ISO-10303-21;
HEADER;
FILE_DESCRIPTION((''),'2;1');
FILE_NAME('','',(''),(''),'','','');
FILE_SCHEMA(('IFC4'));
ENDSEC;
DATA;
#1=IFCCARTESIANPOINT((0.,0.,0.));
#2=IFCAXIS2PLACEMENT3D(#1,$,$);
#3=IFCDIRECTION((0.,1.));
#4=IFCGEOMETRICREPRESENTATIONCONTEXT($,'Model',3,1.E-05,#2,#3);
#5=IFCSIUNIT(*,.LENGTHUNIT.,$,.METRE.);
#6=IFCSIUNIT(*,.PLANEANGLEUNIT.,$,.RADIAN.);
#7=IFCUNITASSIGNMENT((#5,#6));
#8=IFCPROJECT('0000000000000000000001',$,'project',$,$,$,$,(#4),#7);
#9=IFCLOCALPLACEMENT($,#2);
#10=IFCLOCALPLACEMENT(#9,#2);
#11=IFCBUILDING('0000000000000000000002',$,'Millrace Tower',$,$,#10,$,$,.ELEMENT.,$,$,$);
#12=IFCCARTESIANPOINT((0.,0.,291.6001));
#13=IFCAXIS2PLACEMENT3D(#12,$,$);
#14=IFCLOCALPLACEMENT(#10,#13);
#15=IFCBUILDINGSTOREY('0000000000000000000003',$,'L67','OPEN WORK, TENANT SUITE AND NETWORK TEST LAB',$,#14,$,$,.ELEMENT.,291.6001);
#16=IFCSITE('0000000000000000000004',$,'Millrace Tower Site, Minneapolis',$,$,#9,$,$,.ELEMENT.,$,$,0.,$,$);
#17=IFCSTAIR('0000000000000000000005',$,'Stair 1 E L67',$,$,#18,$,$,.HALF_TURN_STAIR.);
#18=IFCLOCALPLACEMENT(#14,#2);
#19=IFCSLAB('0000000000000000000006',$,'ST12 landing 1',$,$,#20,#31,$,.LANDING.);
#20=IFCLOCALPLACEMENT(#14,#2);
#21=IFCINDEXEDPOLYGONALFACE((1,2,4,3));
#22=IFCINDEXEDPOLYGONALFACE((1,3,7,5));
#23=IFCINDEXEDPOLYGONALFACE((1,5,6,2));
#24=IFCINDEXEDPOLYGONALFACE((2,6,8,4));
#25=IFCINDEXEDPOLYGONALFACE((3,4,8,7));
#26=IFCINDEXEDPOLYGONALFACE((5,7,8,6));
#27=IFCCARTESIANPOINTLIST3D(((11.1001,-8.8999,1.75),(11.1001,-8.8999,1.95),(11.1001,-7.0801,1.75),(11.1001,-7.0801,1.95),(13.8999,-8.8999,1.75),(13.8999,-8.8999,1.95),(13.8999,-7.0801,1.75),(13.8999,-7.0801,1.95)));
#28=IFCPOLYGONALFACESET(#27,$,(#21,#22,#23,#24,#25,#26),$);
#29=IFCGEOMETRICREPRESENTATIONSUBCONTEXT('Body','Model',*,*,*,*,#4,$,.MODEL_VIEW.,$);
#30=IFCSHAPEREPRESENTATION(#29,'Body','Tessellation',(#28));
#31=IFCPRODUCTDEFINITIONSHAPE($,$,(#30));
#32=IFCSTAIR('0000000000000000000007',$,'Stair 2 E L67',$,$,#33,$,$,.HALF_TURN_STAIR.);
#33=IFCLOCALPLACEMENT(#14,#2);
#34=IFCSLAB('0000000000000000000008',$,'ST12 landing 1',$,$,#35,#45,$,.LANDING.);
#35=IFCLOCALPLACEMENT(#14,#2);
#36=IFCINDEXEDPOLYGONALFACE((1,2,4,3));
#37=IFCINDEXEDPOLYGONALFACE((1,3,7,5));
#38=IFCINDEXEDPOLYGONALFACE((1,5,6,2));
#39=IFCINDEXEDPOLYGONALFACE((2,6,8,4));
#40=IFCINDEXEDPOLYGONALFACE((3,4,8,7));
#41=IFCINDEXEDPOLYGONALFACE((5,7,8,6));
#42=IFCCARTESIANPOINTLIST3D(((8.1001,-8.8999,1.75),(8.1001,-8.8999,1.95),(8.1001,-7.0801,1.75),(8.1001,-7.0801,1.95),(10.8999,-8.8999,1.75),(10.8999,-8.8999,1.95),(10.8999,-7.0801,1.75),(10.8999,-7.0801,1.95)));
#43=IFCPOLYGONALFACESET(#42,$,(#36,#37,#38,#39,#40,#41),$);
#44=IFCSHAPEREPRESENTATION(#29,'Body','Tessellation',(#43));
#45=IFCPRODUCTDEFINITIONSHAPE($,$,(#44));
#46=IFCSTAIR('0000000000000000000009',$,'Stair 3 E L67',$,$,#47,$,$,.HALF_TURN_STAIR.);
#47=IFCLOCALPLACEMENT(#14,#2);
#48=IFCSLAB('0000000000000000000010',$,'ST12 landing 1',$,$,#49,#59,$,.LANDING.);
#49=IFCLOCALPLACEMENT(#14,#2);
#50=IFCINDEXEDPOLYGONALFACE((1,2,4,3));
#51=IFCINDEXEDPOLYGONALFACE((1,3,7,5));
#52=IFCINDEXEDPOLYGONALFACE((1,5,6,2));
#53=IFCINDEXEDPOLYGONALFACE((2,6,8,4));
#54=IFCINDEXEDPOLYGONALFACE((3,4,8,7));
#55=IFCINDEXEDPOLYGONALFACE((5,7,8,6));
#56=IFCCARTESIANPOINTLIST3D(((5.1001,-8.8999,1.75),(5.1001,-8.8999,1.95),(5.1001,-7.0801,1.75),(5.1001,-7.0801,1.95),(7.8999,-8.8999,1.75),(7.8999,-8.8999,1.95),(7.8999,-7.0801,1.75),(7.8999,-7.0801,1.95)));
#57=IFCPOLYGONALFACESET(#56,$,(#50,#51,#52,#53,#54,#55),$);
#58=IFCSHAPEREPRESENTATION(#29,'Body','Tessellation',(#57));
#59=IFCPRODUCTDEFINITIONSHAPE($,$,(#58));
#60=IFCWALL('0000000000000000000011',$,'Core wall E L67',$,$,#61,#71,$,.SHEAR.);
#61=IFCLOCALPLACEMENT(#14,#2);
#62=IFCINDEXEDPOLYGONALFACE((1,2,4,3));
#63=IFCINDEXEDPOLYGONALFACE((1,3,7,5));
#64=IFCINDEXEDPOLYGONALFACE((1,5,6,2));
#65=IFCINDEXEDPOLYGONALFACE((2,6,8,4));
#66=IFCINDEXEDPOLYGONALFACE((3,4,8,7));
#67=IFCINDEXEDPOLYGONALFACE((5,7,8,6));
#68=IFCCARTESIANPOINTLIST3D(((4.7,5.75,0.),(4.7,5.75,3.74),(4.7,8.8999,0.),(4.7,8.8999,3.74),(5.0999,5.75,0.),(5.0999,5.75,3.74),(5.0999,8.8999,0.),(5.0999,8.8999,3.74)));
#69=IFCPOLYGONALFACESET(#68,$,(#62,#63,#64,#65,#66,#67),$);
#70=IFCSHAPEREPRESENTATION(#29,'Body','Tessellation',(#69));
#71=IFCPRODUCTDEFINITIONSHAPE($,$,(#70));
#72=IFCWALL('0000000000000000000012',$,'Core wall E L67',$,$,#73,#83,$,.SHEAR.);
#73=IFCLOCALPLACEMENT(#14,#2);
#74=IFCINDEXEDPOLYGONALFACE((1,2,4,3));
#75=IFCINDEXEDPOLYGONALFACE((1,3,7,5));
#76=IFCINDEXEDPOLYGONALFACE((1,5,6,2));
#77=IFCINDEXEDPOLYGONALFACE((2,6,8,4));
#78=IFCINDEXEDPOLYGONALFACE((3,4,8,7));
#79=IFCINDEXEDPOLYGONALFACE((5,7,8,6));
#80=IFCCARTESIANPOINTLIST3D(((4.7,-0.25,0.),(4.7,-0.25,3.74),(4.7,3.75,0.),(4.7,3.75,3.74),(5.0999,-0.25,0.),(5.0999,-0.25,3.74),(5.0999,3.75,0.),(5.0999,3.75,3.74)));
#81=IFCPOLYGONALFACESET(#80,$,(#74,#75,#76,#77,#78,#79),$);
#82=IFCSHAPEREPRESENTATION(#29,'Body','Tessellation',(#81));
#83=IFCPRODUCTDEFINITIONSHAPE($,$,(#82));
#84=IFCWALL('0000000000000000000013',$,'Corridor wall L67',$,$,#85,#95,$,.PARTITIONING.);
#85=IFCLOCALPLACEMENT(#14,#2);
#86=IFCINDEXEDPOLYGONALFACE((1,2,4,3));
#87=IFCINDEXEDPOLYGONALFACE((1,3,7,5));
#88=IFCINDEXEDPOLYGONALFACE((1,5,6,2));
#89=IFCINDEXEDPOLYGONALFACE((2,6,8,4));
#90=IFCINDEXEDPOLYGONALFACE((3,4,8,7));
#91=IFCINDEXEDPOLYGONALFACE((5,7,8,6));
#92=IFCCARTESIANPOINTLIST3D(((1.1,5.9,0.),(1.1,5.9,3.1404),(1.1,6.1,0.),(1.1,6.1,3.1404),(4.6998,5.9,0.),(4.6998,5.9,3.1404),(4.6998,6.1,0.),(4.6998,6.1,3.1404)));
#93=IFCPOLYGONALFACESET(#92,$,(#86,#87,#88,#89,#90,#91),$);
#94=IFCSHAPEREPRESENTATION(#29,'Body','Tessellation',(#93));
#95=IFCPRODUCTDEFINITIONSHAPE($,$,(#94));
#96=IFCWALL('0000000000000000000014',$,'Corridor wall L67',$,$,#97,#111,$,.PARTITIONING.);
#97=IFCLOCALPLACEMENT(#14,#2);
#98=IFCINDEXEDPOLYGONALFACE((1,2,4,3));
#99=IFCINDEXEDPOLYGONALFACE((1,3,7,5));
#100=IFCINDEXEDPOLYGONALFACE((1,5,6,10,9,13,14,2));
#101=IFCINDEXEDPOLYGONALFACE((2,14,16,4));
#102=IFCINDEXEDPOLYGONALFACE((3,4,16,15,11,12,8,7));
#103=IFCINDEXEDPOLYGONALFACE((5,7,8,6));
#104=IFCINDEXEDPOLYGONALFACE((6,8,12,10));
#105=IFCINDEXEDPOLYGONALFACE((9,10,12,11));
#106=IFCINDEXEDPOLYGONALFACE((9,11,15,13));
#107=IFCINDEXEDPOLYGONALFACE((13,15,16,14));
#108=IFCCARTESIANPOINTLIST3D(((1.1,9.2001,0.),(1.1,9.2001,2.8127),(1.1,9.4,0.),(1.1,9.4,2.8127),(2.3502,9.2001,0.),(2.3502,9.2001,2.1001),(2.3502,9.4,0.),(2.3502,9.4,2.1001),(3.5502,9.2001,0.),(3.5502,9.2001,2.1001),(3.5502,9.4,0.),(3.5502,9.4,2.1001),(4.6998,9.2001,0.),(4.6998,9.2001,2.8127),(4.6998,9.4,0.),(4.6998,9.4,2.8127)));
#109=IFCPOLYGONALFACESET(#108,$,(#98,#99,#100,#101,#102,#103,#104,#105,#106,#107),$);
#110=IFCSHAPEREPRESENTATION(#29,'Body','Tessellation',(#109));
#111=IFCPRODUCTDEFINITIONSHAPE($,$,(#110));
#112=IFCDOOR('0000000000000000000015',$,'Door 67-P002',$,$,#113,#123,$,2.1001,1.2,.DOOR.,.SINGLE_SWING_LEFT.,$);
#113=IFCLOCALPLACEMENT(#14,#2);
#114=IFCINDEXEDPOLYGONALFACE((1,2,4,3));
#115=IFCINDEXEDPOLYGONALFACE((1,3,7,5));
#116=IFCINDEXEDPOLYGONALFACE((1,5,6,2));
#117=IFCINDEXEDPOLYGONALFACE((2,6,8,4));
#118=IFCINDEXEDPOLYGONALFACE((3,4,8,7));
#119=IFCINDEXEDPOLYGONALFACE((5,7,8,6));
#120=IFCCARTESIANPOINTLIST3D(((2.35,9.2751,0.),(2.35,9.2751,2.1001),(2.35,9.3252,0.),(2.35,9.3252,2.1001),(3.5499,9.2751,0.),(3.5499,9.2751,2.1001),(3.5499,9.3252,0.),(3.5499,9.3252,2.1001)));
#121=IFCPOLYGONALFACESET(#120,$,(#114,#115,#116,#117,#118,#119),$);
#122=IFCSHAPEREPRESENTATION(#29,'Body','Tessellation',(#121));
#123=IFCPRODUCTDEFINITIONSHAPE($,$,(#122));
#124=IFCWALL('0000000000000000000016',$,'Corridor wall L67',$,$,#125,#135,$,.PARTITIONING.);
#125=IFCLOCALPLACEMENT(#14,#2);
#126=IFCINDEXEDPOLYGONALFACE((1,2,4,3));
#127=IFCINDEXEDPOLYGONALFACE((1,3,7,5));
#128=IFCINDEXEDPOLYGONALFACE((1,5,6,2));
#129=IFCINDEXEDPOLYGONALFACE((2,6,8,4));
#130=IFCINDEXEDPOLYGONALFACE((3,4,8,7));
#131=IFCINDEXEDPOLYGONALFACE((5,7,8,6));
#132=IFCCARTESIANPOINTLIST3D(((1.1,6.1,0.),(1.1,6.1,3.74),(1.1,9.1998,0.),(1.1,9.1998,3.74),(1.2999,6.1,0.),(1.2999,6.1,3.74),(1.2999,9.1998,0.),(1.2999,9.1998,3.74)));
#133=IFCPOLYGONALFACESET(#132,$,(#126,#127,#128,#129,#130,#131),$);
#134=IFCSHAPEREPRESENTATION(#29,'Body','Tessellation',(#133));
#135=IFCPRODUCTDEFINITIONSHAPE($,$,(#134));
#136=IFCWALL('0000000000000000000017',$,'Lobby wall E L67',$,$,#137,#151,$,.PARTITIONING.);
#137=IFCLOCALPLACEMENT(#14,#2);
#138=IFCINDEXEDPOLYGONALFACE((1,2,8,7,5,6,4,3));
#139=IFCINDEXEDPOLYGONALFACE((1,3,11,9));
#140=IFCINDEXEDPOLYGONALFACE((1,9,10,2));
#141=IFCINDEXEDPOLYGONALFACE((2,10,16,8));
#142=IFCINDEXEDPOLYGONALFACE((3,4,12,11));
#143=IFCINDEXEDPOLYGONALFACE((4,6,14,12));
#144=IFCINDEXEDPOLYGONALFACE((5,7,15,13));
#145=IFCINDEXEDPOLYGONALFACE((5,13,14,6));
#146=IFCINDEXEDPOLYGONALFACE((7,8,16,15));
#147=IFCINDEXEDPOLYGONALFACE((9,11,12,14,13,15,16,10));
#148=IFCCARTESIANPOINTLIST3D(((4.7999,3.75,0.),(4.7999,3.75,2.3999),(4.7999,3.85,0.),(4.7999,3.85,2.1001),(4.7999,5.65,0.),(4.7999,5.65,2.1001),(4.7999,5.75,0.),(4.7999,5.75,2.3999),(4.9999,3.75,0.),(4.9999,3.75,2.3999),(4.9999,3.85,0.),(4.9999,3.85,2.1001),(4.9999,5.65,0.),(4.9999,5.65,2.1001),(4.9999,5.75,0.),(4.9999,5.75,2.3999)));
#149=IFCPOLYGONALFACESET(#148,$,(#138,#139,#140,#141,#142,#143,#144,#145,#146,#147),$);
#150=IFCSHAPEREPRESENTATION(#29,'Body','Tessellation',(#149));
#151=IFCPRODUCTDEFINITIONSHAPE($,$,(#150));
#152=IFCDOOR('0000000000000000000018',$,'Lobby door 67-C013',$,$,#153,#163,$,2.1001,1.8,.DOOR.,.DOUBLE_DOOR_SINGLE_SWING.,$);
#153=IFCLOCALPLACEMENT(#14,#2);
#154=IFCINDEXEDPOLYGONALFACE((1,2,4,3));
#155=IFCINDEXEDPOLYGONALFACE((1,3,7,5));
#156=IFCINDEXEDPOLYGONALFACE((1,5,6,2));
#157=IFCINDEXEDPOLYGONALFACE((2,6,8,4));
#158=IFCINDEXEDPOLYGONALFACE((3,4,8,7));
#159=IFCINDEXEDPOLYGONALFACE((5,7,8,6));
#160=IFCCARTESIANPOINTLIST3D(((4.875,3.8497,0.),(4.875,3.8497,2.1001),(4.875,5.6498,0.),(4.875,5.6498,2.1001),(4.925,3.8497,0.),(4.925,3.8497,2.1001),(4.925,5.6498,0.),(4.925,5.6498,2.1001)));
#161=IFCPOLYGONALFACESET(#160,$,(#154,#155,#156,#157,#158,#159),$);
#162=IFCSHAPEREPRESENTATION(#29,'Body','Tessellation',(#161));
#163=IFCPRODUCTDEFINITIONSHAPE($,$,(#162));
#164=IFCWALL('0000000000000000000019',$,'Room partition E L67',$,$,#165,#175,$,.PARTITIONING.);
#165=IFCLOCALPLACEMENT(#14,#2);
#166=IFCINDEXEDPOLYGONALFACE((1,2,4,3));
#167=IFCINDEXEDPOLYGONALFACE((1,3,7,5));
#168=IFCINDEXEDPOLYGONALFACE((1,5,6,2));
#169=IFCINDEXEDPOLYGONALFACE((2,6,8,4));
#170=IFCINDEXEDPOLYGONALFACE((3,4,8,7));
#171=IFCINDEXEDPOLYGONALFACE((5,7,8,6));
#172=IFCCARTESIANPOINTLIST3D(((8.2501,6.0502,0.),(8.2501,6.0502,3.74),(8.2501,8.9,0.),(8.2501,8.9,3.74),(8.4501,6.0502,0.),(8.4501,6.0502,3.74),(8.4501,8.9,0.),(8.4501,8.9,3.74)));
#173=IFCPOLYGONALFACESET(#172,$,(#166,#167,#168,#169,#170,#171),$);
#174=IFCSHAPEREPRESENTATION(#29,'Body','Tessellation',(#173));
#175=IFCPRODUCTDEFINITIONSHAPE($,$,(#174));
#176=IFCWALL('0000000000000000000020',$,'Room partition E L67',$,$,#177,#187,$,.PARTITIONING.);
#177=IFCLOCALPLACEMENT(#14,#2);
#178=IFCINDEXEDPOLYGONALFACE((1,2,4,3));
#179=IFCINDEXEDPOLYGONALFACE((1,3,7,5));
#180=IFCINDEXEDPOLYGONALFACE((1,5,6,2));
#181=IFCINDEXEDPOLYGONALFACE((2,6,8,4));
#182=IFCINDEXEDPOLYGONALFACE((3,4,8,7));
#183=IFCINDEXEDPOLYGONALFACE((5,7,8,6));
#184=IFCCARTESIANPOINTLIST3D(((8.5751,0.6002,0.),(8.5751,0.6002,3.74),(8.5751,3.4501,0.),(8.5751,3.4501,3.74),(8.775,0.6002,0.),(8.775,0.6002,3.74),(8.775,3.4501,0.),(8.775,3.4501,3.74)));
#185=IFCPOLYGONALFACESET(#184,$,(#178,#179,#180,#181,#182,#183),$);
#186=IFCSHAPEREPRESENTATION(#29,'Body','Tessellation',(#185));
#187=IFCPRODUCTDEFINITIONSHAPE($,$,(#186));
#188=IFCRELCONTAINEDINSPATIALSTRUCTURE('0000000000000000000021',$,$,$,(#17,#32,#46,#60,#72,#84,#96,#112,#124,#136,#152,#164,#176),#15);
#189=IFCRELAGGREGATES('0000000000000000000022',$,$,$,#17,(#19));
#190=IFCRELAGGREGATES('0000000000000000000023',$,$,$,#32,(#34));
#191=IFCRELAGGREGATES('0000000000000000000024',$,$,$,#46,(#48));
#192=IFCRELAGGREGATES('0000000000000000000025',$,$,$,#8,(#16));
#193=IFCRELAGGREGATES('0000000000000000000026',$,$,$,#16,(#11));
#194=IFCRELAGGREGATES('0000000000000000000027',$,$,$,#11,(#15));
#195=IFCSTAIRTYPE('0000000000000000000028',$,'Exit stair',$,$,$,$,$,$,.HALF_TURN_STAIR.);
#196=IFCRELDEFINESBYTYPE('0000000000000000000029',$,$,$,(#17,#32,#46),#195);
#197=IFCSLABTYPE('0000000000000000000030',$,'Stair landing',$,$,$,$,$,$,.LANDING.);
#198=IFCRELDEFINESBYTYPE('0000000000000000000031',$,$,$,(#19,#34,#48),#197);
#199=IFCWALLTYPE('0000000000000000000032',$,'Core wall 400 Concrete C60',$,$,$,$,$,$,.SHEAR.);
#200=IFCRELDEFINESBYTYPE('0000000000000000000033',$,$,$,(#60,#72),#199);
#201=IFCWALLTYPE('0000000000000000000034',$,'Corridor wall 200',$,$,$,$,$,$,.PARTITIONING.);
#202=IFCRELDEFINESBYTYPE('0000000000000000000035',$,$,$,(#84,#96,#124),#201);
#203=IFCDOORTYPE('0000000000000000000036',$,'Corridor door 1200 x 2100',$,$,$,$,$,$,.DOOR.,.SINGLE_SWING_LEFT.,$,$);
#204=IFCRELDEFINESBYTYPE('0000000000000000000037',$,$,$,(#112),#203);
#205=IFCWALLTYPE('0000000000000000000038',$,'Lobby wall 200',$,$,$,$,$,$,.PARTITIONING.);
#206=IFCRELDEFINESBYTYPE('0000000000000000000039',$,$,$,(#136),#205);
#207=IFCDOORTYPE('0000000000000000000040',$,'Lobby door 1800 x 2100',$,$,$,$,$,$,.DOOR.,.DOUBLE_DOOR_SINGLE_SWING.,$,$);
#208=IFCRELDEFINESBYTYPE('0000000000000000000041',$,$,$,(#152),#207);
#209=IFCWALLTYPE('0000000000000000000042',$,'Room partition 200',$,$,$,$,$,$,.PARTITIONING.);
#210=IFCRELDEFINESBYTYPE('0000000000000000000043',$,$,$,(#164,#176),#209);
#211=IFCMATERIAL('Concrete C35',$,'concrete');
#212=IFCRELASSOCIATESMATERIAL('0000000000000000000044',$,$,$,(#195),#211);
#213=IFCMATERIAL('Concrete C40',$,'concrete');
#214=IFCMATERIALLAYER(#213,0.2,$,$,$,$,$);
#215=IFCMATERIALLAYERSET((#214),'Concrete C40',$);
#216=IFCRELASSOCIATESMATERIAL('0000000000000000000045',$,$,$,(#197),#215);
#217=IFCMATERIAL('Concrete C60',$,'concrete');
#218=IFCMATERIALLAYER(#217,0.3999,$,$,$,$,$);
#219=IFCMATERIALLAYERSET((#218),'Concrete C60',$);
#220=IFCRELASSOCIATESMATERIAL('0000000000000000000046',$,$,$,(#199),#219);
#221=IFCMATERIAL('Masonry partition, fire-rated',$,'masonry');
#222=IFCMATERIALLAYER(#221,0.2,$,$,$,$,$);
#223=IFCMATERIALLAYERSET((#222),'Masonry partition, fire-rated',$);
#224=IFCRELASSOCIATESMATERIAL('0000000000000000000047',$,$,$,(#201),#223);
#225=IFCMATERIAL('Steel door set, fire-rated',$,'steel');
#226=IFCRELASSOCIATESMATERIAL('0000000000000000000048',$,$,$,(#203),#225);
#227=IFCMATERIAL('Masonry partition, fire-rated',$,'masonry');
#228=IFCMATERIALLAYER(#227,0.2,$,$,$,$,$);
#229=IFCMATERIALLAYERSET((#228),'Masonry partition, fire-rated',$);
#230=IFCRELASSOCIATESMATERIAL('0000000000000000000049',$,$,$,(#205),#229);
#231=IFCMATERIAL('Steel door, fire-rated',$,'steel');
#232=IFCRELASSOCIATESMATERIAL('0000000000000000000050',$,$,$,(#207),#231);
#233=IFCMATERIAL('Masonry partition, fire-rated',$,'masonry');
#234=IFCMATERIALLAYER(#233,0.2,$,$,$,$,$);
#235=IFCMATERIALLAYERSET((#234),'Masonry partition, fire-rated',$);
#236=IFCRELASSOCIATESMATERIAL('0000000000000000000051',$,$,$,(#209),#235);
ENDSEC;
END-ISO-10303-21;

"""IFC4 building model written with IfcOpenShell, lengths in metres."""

from ifc_helpers import new_model, si_unit, direction, frame, frame_2d, origin, place, context, subcontext, project, spatial, polyline, rectangle, outline, extrude, material, layer, layer_set, type_object, element, fill, aggregate, save


model = new_model("IFC4")

# Units and contexts
model_context = context("Model", 3, precision=1e-05, world=origin(), true_north=direction((0.0, 1.0)))
body_context = subcontext(model_context, "Body", "Model", "MODEL_VIEW")
ifc_project = project(units=[si_unit("LENGTHUNIT", "METRE"), si_unit("PLANEANGLEUNIT", "RADIAN")], contexts=[model_context])

# Site, building, storey
site_placement = place(None, origin())
site = spatial("IfcSite", under=ifc_project, at=site_placement, Name="Millrace Tower Site, Minneapolis", CompositionType="ELEMENT", RefElevation=0.0)
building_placement = place(site_placement, origin())
building = spatial("IfcBuilding", under=site, at=building_placement, Name="Millrace Tower", CompositionType="ELEMENT")
storey_placement = place(building_placement, frame((0.0, 0.0, 291.6001)))
storey = spatial("IfcBuildingStorey", under=building, at=storey_placement, Name="L67", Description="OPEN WORK, TENANT SUITE AND NETWORK TEST LAB", CompositionType="ELEMENT", Elevation=291.6001)

# Shared definitions
placement_1 = place(storey_placement, origin())

# Stairs, slabs
ifc_material_1 = material(Name="Concrete C35", Category="concrete")
stair_type = type_object("IfcStairType", Name="Exit stair", PredefinedType="HALF_TURN_STAIR", material=ifc_material_1)
ifc_material_2 = material(Name="Concrete C40", Category="concrete")
ifc_layer_1 = layer(ifc_material_2, 0.2)
ifc_layer_set_1 = layer_set([ifc_layer_1], Name="Concrete C40")
slab_type = type_object("IfcSlabType", Name="Stair landing", PredefinedType="LANDING", material=ifc_layer_set_1)
placement_2 = place(storey_placement, frame((0.0, 0.0, 1.75)))
stair_1 = element("IfcStair", 1, at=placement_1, inside=storey, type_object=stair_type, Name="Stair 1 E L67", PredefinedType="HALF_TURN_STAIR")
slab_1 = element("IfcSlab", 2, at=placement_2, type_object=slab_type, Name="ST12 landing 1", PredefinedType="LANDING", context=body_context, shape_type="SweptSolid", body=[
    extrude(outline(polyline([(11.1001, -8.8999), (13.8999, -8.8999), (13.8999, -7.0801), (11.1001, -7.0801), (11.1001, -8.8999)])), origin(), (0.0, 0.0, 1.0), 0.2),
])
aggregate(stair_1, [slab_1])
stair_2 = element("IfcStair", 3, at=placement_1, inside=storey, type_object=stair_type, Name="Stair 2 E L67", PredefinedType="HALF_TURN_STAIR")
slab_2 = element("IfcSlab", 4, at=placement_2, type_object=slab_type, Name="ST12 landing 1", PredefinedType="LANDING", context=body_context, shape_type="SweptSolid", body=[
    extrude(outline(polyline([(8.1001, -8.8999), (10.8999, -8.8999), (10.8999, -7.0801), (8.1001, -7.0801), (8.1001, -8.8999)])), origin(), (0.0, 0.0, 1.0), 0.2),
])
aggregate(stair_2, [slab_2])
stair_3 = element("IfcStair", 5, at=placement_1, inside=storey, type_object=stair_type, Name="Stair 3 E L67", PredefinedType="HALF_TURN_STAIR")
slab_3 = element("IfcSlab", 6, at=placement_2, type_object=slab_type, Name="ST12 landing 1", PredefinedType="LANDING", context=body_context, shape_type="SweptSolid", body=[
    extrude(outline(polyline([(5.1001, -8.8999), (7.8999, -8.8999), (7.8999, -7.0801), (5.1001, -7.0801), (5.1001, -8.8999)])), origin(), (0.0, 0.0, 1.0), 0.2),
])
aggregate(stair_3, [slab_3])

# Walls
ifc_material_3 = material(Name="Concrete C60", Category="concrete")
ifc_layer_2 = layer(ifc_material_3, 0.3999)
ifc_layer_set_2 = layer_set([ifc_layer_2], Name="Concrete C60")
wall_type_1 = type_object("IfcWallType", Name="Core wall 400 Concrete C60", PredefinedType="SHEAR", material=ifc_layer_set_2)
wall_1_placement = place(storey_placement, frame((4.8999, 8.8999, 0.0), z_axis=(0.0, 0.0, 1.0), x_axis=(0.0, -1.0, 0.0)))
element("IfcWall", 7, at=wall_1_placement, inside=storey, type_object=wall_type_1, Name="Core wall E L67", PredefinedType="SHEAR", context=body_context, shape_type="SweptSolid", body=[
    extrude(rectangle(XDim=3.1499, YDim=0.3999, at=frame_2d((1.575, 0.0))), origin(), (0.0, 0.0, 1.0), 3.74),
])
wall_2_placement = place(storey_placement, frame((4.8999, 3.75, 0.0), z_axis=(0.0, 0.0, 1.0), x_axis=(0.0, -1.0, 0.0)))
element("IfcWall", 8, at=wall_2_placement, inside=storey, type_object=wall_type_1, Name="Core wall E L67", PredefinedType="SHEAR", context=body_context, shape_type="SweptSolid", body=[
    extrude(rectangle(XDim=4.0, YDim=0.3999, at=frame_2d((2.0, 0.0))), origin(), (0.0, 0.0, 1.0), 3.74),
])
ifc_material_4 = material(Name="Masonry partition, fire-rated", Category="masonry")
ifc_layer_3 = layer(ifc_material_4, 0.2)
ifc_layer_set_3 = layer_set([ifc_layer_3], Name="Masonry partition, fire-rated")
wall_type_2 = type_object("IfcWallType", Name="Corridor wall 200", PredefinedType="PARTITIONING", material=ifc_layer_set_3)
wall_3_placement = place(storey_placement, frame((1.1001, 6.0, 0.0), z_axis=(0.0, 0.0, 1.0), x_axis=(1.0, 0.0, 0.0)))
element("IfcWall", 9, at=wall_3_placement, inside=storey, type_object=wall_type_2, Name="Corridor wall L67", PredefinedType="PARTITIONING", context=body_context, shape_type="SweptSolid", body=[
    extrude(rectangle(XDim=3.5999, YDim=0.2, at=frame_2d((1.7998, 0.0))), origin(), (0.0, 0.0, 1.0), 3.1404),
])

# Wall, opening, door
wall_4_placement = place(storey_placement, frame((1.1001, 9.3, 0.0), z_axis=(0.0, 0.0, 1.0), x_axis=(1.0, 0.0, 0.0)))
wall_4 = element("IfcWall", 10, at=wall_4_placement, inside=storey, type_object=wall_type_2, Name="Corridor wall L67", PredefinedType="PARTITIONING", context=body_context, shape_type="SweptSolid", body=[
    extrude(rectangle(XDim=3.5999, YDim=0.2, at=frame_2d((1.7998, 0.0))), origin(), (0.0, 0.0, 1.0), 2.8127),
])
opening_1_placement = place(wall_4_placement, frame((1.25, 0.0, 0.0)))
opening_1 = element("IfcOpeningElement", 11, at=opening_1_placement, cuts=wall_4, PredefinedType="OPENING", context=body_context, shape_type="SweptSolid", body=[
    extrude(rectangle(XDim=1.2, YDim=2.1001, at=frame_2d((0.6001, 1.05))), frame((0.0, 0.1099, 0.0), z_axis=(0.0, -1.0, 0.0), x_axis=(1.0, 0.0, 0.0)), (0.0, 0.0, 1.0), 0.22),
])
ifc_material_5 = material(Name="Steel door set, fire-rated", Category="steel")
door_type_1 = type_object("IfcDoorType", Name="Corridor door 1200 x 2100", OperationType="SINGLE_SWING_LEFT", PredefinedType="DOOR", material=ifc_material_5)
door_1_placement = place(opening_1_placement, frame((1.2, 0.0, 0.0), z_axis=(0.0, 0.0, 1.0), x_axis=(-1.0, 0.0, 0.0)))
door_1 = element("IfcDoor", 12, at=door_1_placement, inside=storey, type_object=door_type_1, Name="Door 67-P002", OperationType="SINGLE_SWING_LEFT", OverallHeight=2.1001, OverallWidth=1.2, PredefinedType="DOOR", context=body_context, shape_type="SweptSolid", body=[
    extrude(rectangle(XDim=1.2, YDim=2.1001, at=frame_2d((0.6001, 1.05))), frame((0.0, 0.0249, 0.0), z_axis=(0.0, -1.0, 0.0), x_axis=(1.0, 0.0, 0.0)), (0.0, 0.0, 1.0), 0.05),
])
fill(opening_1, door_1)

# Wall
wall_5_placement = place(storey_placement, frame((1.2, 6.1001, 0.0), z_axis=(0.0, 0.0, 1.0), x_axis=(0.0, 1.0, 0.0)))
element("IfcWall", 13, at=wall_5_placement, inside=storey, type_object=wall_type_2, Name="Corridor wall L67", PredefinedType="PARTITIONING", context=body_context, shape_type="SweptSolid", body=[
    extrude(rectangle(XDim=3.0999, YDim=0.2, at=frame_2d((1.5498, 0.0))), origin(), (0.0, 0.0, 1.0), 3.74),
])

# Wall, opening, door
ifc_material_6 = material(Name="Masonry partition, fire-rated", Category="masonry")
ifc_layer_4 = layer(ifc_material_6, 0.2)
ifc_layer_set_4 = layer_set([ifc_layer_4], Name="Masonry partition, fire-rated")
wall_type_3 = type_object("IfcWallType", Name="Lobby wall 200", PredefinedType="PARTITIONING", material=ifc_layer_set_4)
wall_6_placement = place(storey_placement, frame((4.8999, 5.75, 0.0), z_axis=(0.0, 0.0, 1.0), x_axis=(0.0, -1.0, 0.0)))
wall_6 = element("IfcWall", 14, at=wall_6_placement, inside=storey, type_object=wall_type_3, Name="Lobby wall E L67", PredefinedType="PARTITIONING", context=body_context, shape_type="SweptSolid", body=[
    extrude(rectangle(XDim=2.0, YDim=0.2, at=frame_2d((1.0, 0.0))), origin(), (0.0, 0.0, 1.0), 2.3999),
])
opening_2_placement = place(wall_6_placement, frame((0.1001, 0.0, 0.0)))
opening_2 = element("IfcOpeningElement", 15, at=opening_2_placement, cuts=wall_6, PredefinedType="OPENING", context=body_context, shape_type="SweptSolid", body=[
    extrude(rectangle(XDim=1.8, YDim=2.1001, at=frame_2d((0.8999, 1.05))), frame((0.0, 0.1099, 0.0), z_axis=(0.0, -1.0, 0.0), x_axis=(1.0, 0.0, 0.0)), (0.0, 0.0, 1.0), 0.22),
])
ifc_material_7 = material(Name="Steel door, fire-rated", Category="steel")
door_type_2 = type_object("IfcDoorType", Name="Lobby door 1800 x 2100", OperationType="DOUBLE_DOOR_SINGLE_SWING", PredefinedType="DOOR", material=ifc_material_7)
door_2_placement = place(opening_2_placement, frame((1.8, 0.0, 0.0), z_axis=(0.0, 0.0, 1.0), x_axis=(-1.0, 0.0, 0.0)))
door_2 = element("IfcDoor", 16, at=door_2_placement, inside=storey, type_object=door_type_2, Name="Lobby door 67-C013", OperationType="DOUBLE_DOOR_SINGLE_SWING", OverallHeight=2.1001, OverallWidth=1.8, PredefinedType="DOOR", context=body_context, shape_type="SweptSolid", body=[
    extrude(rectangle(XDim=1.8, YDim=2.1001, at=frame_2d((0.8999, 1.05))), frame((0.0, 0.0249, 0.0), z_axis=(0.0, -1.0, 0.0), x_axis=(1.0, 0.0, 0.0)), (0.0, 0.0, 1.0), 0.05),
])
fill(opening_2, door_2)

# Walls
ifc_material_8 = material(Name="Masonry partition, fire-rated", Category="masonry")
ifc_layer_5 = layer(ifc_material_8, 0.2)
ifc_layer_set_5 = layer_set([ifc_layer_5], Name="Masonry partition, fire-rated")
wall_type_4 = type_object("IfcWallType", Name="Room partition 200", PredefinedType="PARTITIONING", material=ifc_layer_set_5)
for number, where, z_axis, x_axis, name in (
    (17, (8.3501, 8.8999, 0.0), (0.0, 0.0, 1.0), (0.0, -1.0, 0.0), "Room partition E L67"),
    (18, (8.675, 3.45, 0.0), (0.0, 0.0, 1.0), (0.0, -1.0, 0.0), "Room partition E L67"),
):
    element("IfcWall", number, at=place(storey_placement, frame(where, z_axis=z_axis, x_axis=x_axis)), inside=storey, type_object=wall_type_4, Name=name, PredefinedType="PARTITIONING", context=body_context, shape_type="SweptSolid", body=[
        extrude(rectangle(XDim=2.8499, YDim=0.2, at=frame_2d((1.4248, 0.0))), origin(), (0.0, 0.0, 1.0), 3.74),
    ])

save(model, "model.ifc")
